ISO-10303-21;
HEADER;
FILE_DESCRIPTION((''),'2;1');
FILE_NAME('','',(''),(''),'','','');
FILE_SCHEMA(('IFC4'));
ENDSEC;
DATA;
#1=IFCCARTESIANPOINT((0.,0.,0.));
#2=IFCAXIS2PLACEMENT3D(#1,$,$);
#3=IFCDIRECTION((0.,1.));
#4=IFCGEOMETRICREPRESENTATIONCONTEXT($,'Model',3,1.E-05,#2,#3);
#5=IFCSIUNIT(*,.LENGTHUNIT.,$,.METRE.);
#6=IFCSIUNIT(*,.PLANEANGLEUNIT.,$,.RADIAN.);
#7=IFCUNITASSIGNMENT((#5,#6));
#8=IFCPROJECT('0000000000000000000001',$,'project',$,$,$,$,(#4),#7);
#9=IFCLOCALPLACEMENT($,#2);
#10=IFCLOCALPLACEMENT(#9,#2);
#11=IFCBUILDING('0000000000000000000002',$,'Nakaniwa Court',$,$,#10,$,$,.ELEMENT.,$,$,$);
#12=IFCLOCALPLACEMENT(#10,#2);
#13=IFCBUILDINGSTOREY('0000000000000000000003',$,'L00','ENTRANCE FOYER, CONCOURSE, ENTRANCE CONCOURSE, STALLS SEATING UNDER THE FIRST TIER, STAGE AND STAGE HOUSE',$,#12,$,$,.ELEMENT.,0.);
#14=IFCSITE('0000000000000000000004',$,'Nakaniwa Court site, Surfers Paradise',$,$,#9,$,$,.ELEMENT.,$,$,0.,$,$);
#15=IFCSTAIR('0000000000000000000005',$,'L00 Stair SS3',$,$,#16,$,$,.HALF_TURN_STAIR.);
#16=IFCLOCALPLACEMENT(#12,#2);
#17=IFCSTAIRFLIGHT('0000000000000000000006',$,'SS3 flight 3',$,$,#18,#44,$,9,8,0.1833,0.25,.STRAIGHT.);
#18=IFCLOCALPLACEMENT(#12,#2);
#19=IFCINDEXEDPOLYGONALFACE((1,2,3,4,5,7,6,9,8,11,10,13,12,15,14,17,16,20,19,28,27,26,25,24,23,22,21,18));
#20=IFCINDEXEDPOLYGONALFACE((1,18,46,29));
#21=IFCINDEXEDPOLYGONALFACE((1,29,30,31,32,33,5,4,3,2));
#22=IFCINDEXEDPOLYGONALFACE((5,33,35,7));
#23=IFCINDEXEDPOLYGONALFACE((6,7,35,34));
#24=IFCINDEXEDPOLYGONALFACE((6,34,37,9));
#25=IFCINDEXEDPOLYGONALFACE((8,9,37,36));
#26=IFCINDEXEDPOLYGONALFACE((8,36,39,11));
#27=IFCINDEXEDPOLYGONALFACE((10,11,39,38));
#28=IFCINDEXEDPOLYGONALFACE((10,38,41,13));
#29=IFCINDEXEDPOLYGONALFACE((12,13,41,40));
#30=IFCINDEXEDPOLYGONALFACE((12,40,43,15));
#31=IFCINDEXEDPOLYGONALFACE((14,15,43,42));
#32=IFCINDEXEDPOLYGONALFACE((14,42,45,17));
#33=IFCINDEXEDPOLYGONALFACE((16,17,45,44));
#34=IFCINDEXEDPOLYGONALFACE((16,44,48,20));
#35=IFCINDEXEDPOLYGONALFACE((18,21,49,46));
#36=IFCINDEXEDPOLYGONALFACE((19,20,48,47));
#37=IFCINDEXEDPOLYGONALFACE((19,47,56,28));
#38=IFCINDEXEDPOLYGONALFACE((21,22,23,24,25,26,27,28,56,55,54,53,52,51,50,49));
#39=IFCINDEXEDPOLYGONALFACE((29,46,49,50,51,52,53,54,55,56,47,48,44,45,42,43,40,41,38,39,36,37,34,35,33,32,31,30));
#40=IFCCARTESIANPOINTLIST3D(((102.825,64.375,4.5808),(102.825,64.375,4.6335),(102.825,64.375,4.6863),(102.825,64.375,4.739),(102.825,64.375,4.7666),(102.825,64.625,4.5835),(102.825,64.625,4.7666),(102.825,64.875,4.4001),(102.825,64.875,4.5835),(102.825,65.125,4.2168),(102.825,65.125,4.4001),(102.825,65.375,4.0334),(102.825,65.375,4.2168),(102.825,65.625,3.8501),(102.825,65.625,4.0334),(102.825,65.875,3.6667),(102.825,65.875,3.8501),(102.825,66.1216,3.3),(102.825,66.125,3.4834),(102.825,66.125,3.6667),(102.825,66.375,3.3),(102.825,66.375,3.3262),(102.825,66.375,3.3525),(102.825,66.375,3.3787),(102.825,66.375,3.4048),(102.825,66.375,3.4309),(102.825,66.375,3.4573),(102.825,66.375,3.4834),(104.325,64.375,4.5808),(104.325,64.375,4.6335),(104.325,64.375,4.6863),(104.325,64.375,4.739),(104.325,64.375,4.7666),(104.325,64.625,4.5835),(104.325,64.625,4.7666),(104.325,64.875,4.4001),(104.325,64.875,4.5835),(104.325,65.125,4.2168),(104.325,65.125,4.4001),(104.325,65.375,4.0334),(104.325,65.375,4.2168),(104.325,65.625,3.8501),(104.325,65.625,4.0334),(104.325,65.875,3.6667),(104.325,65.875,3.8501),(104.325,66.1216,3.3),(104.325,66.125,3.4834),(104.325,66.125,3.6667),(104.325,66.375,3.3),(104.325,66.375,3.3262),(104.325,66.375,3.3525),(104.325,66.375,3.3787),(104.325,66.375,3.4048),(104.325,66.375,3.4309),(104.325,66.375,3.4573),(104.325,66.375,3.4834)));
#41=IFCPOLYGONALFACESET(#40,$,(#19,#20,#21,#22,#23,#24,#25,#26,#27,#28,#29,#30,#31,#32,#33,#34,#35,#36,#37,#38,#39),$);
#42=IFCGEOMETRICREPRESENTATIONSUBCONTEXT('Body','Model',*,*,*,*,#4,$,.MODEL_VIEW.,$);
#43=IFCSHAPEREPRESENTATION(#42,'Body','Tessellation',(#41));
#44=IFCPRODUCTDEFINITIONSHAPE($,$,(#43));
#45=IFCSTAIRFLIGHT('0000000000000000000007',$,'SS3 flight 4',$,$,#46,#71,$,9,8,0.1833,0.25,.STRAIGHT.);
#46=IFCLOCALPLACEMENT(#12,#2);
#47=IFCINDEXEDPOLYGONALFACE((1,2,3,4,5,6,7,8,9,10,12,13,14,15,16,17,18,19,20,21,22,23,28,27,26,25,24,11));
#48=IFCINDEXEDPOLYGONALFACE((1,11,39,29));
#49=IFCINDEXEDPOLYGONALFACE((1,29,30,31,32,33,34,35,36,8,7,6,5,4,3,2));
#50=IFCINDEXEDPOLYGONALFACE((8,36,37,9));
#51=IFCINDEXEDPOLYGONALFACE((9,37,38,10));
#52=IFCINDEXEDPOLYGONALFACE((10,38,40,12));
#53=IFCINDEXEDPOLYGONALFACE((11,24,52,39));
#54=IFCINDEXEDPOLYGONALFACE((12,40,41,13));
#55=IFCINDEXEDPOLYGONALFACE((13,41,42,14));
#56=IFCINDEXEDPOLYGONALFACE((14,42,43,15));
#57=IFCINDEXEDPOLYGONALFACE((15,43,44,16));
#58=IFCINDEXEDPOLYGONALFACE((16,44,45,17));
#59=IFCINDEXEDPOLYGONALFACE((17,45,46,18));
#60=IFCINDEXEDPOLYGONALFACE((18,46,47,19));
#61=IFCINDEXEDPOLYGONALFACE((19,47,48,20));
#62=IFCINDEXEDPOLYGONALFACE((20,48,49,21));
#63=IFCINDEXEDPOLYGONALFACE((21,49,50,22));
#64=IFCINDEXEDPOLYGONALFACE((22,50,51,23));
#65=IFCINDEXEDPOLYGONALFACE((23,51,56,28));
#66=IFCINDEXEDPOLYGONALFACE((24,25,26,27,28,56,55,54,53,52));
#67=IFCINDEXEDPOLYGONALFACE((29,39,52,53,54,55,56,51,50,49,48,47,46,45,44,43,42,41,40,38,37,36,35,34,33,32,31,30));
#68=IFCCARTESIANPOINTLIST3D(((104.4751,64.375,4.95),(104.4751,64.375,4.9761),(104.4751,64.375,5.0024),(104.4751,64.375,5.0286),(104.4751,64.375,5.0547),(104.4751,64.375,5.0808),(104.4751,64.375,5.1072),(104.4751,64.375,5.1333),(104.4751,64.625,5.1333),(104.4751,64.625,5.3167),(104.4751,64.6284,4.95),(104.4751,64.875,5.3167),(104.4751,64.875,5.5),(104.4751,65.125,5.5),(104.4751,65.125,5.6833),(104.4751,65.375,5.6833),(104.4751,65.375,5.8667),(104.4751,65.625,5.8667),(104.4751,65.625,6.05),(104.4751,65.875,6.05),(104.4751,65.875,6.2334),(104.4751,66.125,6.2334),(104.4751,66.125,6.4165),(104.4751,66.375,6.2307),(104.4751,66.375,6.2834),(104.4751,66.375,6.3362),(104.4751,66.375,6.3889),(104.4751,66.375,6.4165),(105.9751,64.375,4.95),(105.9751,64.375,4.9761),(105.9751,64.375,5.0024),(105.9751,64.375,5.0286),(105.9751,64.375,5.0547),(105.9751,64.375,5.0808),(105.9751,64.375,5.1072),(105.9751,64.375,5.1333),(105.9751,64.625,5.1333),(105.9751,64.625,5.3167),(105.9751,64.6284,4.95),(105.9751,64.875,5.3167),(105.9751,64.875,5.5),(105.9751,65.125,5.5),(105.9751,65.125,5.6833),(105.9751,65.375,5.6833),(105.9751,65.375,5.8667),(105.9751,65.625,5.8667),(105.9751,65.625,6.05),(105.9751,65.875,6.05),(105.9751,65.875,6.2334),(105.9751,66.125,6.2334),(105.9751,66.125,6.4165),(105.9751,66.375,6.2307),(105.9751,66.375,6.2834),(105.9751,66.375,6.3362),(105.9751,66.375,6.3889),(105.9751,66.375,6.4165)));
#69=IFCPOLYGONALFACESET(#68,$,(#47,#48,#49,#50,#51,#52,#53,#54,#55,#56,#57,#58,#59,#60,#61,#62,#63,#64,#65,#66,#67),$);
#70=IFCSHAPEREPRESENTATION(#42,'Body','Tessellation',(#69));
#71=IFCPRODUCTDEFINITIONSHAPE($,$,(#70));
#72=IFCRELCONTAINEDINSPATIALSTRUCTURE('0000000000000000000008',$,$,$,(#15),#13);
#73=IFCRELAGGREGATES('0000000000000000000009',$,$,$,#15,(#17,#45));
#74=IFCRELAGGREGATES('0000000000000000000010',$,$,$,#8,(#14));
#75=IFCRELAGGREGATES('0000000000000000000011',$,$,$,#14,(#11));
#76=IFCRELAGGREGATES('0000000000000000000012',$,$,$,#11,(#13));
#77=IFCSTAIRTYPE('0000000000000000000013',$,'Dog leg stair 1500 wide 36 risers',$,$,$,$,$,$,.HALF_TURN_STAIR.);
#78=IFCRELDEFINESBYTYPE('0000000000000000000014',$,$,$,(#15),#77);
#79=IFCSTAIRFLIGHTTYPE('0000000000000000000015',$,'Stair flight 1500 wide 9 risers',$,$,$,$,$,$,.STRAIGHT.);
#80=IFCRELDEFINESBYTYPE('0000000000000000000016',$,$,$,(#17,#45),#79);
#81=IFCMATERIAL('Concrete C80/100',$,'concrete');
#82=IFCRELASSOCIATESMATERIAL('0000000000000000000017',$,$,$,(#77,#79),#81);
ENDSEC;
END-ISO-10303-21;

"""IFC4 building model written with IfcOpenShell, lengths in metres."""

from ifc_helpers import new_model, si_unit, direction, frame, origin, place, context, subcontext, project, spatial, polyline, outline, extrude, material, type_object, element, aggregate, save


model = new_model("IFC4")

# Units and contexts
model_context = context("Model", 3, precision=1e-05, world=origin(), true_north=direction((0.0, 1.0)))
body_context = subcontext(model_context, "Body", "Model", "MODEL_VIEW")
ifc_project = project(units=[si_unit("LENGTHUNIT", "METRE"), si_unit("PLANEANGLEUNIT", "RADIAN")], contexts=[model_context])

# Site, building, storey
site_placement = place(None, origin())
site = spatial("IfcSite", under=ifc_project, at=site_placement, Name="Nakaniwa Court site, Surfers Paradise", CompositionType="ELEMENT", RefElevation=0.0)
building_placement = place(site_placement, origin())
building = spatial("IfcBuilding", under=site, at=building_placement, Name="Nakaniwa Court", CompositionType="ELEMENT")
storey_placement = place(building_placement, origin())
storey = spatial("IfcBuildingStorey", under=building, at=storey_placement, Name="L00", Description="ENTRANCE FOYER, CONCOURSE, ENTRANCE CONCOURSE, STALLS SEATING UNDER THE FIRST TIER, STAGE AND STAGE HOUSE", CompositionType="ELEMENT", Elevation=0.0)

# Stair, stair flights
ifc_material_1 = material(Name="Concrete C80/100", Category="concrete")
stair_type = type_object("IfcStairType", Name="Dog leg stair 1500 wide 36 risers", PredefinedType="HALF_TURN_STAIR", material=ifc_material_1)
stair_placement = place(storey_placement, origin())
stair = element("IfcStair", 1, at=stair_placement, inside=storey, type_object=stair_type, Name="L00 Stair SS3", PredefinedType="HALF_TURN_STAIR")
stair_flight_type = type_object("IfcStairFlightType", Name="Stair flight 1500 wide 9 risers", PredefinedType="STRAIGHT", material=ifc_material_1)
stair_flight_1_placement = place(storey_placement, frame((103.575, 66.375, 3.3), z_axis=(0.0, 0.0, 1.0), x_axis=(0.0, -1.0, 0.0)))
stair_flight_1 = element("IfcStairFlight", 2, at=stair_flight_1_placement, type_object=stair_flight_type, Name="SS3 flight 3", NumberOfRisers=9, NumberOfTreads=8, PredefinedType="STRAIGHT", RiserHeight=0.1833, TreadLength=0.25, context=body_context, shape_type="SweptSolid", body=[
    extrude(outline(polyline([(0.0, 0.0), (0.0, 0.0261), (0.0, 0.0525), (0.0, 0.0786), (0.0, 0.1047), (0.0, 0.1309), (0.0, 0.1572), (0.0, 0.1833), (0.25, 0.1833), (0.25, 0.3667), (0.5, 0.3667), (0.5, 0.55), (0.75, 0.55), (0.75, 0.7334), (1.0, 0.7334), (1.0, 0.9167), (1.25, 0.9167), (1.25, 1.1001), (1.5, 1.1001), (1.5, 1.2834), (1.75, 1.2834), (1.75, 1.4666), (2.0, 1.4666), (2.0, 1.6499), (2.0, 1.5972), (2.0, 1.5444), (2.0, 1.4917), (2.0, 1.439), (2.0, 1.3862), (2.0, 1.3335), (2.0, 1.2808), (0.2534, 0.0), (0.0, 0.0)])), frame((0.0, 0.75, 0.0), z_axis=(0.0, -1.0, 0.0), x_axis=(1.0, 0.0, 0.0)), (0.0, 0.0, 1.0), 1.5),
])
stair_flight_2_placement = place(storey_placement, frame((105.2251, 64.375, 4.95), z_axis=(0.0, 0.0, 1.0), x_axis=(0.0, 1.0, 0.0)))
stair_flight_2 = element("IfcStairFlight", 3, at=stair_flight_2_placement, type_object=stair_flight_type, Name="SS3 flight 4", NumberOfRisers=9, NumberOfTreads=8, PredefinedType="STRAIGHT", RiserHeight=0.1833, TreadLength=0.25, context=body_context, shape_type="SweptSolid", body=[
    extrude(outline(polyline([(0.0, 0.0), (0.0, 0.0261), (0.0, 0.0525), (0.0, 0.0786), (0.0, 0.1047), (0.0, 0.1309), (0.0, 0.1572), (0.0, 0.1833), (0.25, 0.1833), (0.25, 0.3667), (0.5, 0.3667), (0.5, 0.55), (0.75, 0.55), (0.75, 0.7334), (1.0, 0.7334), (1.0, 0.9167), (1.25, 0.9167), (1.25, 1.1001), (1.5, 1.1001), (1.5, 1.2834), (1.75, 1.2834), (1.75, 1.4666), (2.0, 1.4666), (2.0, 1.6499), (2.0, 1.5972), (2.0, 1.5444), (2.0, 1.4917), (2.0, 1.439), (2.0, 1.3862), (2.0, 1.3335), (2.0, 1.2808), (0.2534, 0.0), (0.0, 0.0)])), frame((0.0, 0.75, 0.0), z_axis=(0.0, -1.0, 0.0), x_axis=(1.0, 0.0, 0.0)), (0.0, 0.0, 1.0), 1.5),
])
aggregate(stair, [stair_flight_1, stair_flight_2])

save(model, "model.ifc")
